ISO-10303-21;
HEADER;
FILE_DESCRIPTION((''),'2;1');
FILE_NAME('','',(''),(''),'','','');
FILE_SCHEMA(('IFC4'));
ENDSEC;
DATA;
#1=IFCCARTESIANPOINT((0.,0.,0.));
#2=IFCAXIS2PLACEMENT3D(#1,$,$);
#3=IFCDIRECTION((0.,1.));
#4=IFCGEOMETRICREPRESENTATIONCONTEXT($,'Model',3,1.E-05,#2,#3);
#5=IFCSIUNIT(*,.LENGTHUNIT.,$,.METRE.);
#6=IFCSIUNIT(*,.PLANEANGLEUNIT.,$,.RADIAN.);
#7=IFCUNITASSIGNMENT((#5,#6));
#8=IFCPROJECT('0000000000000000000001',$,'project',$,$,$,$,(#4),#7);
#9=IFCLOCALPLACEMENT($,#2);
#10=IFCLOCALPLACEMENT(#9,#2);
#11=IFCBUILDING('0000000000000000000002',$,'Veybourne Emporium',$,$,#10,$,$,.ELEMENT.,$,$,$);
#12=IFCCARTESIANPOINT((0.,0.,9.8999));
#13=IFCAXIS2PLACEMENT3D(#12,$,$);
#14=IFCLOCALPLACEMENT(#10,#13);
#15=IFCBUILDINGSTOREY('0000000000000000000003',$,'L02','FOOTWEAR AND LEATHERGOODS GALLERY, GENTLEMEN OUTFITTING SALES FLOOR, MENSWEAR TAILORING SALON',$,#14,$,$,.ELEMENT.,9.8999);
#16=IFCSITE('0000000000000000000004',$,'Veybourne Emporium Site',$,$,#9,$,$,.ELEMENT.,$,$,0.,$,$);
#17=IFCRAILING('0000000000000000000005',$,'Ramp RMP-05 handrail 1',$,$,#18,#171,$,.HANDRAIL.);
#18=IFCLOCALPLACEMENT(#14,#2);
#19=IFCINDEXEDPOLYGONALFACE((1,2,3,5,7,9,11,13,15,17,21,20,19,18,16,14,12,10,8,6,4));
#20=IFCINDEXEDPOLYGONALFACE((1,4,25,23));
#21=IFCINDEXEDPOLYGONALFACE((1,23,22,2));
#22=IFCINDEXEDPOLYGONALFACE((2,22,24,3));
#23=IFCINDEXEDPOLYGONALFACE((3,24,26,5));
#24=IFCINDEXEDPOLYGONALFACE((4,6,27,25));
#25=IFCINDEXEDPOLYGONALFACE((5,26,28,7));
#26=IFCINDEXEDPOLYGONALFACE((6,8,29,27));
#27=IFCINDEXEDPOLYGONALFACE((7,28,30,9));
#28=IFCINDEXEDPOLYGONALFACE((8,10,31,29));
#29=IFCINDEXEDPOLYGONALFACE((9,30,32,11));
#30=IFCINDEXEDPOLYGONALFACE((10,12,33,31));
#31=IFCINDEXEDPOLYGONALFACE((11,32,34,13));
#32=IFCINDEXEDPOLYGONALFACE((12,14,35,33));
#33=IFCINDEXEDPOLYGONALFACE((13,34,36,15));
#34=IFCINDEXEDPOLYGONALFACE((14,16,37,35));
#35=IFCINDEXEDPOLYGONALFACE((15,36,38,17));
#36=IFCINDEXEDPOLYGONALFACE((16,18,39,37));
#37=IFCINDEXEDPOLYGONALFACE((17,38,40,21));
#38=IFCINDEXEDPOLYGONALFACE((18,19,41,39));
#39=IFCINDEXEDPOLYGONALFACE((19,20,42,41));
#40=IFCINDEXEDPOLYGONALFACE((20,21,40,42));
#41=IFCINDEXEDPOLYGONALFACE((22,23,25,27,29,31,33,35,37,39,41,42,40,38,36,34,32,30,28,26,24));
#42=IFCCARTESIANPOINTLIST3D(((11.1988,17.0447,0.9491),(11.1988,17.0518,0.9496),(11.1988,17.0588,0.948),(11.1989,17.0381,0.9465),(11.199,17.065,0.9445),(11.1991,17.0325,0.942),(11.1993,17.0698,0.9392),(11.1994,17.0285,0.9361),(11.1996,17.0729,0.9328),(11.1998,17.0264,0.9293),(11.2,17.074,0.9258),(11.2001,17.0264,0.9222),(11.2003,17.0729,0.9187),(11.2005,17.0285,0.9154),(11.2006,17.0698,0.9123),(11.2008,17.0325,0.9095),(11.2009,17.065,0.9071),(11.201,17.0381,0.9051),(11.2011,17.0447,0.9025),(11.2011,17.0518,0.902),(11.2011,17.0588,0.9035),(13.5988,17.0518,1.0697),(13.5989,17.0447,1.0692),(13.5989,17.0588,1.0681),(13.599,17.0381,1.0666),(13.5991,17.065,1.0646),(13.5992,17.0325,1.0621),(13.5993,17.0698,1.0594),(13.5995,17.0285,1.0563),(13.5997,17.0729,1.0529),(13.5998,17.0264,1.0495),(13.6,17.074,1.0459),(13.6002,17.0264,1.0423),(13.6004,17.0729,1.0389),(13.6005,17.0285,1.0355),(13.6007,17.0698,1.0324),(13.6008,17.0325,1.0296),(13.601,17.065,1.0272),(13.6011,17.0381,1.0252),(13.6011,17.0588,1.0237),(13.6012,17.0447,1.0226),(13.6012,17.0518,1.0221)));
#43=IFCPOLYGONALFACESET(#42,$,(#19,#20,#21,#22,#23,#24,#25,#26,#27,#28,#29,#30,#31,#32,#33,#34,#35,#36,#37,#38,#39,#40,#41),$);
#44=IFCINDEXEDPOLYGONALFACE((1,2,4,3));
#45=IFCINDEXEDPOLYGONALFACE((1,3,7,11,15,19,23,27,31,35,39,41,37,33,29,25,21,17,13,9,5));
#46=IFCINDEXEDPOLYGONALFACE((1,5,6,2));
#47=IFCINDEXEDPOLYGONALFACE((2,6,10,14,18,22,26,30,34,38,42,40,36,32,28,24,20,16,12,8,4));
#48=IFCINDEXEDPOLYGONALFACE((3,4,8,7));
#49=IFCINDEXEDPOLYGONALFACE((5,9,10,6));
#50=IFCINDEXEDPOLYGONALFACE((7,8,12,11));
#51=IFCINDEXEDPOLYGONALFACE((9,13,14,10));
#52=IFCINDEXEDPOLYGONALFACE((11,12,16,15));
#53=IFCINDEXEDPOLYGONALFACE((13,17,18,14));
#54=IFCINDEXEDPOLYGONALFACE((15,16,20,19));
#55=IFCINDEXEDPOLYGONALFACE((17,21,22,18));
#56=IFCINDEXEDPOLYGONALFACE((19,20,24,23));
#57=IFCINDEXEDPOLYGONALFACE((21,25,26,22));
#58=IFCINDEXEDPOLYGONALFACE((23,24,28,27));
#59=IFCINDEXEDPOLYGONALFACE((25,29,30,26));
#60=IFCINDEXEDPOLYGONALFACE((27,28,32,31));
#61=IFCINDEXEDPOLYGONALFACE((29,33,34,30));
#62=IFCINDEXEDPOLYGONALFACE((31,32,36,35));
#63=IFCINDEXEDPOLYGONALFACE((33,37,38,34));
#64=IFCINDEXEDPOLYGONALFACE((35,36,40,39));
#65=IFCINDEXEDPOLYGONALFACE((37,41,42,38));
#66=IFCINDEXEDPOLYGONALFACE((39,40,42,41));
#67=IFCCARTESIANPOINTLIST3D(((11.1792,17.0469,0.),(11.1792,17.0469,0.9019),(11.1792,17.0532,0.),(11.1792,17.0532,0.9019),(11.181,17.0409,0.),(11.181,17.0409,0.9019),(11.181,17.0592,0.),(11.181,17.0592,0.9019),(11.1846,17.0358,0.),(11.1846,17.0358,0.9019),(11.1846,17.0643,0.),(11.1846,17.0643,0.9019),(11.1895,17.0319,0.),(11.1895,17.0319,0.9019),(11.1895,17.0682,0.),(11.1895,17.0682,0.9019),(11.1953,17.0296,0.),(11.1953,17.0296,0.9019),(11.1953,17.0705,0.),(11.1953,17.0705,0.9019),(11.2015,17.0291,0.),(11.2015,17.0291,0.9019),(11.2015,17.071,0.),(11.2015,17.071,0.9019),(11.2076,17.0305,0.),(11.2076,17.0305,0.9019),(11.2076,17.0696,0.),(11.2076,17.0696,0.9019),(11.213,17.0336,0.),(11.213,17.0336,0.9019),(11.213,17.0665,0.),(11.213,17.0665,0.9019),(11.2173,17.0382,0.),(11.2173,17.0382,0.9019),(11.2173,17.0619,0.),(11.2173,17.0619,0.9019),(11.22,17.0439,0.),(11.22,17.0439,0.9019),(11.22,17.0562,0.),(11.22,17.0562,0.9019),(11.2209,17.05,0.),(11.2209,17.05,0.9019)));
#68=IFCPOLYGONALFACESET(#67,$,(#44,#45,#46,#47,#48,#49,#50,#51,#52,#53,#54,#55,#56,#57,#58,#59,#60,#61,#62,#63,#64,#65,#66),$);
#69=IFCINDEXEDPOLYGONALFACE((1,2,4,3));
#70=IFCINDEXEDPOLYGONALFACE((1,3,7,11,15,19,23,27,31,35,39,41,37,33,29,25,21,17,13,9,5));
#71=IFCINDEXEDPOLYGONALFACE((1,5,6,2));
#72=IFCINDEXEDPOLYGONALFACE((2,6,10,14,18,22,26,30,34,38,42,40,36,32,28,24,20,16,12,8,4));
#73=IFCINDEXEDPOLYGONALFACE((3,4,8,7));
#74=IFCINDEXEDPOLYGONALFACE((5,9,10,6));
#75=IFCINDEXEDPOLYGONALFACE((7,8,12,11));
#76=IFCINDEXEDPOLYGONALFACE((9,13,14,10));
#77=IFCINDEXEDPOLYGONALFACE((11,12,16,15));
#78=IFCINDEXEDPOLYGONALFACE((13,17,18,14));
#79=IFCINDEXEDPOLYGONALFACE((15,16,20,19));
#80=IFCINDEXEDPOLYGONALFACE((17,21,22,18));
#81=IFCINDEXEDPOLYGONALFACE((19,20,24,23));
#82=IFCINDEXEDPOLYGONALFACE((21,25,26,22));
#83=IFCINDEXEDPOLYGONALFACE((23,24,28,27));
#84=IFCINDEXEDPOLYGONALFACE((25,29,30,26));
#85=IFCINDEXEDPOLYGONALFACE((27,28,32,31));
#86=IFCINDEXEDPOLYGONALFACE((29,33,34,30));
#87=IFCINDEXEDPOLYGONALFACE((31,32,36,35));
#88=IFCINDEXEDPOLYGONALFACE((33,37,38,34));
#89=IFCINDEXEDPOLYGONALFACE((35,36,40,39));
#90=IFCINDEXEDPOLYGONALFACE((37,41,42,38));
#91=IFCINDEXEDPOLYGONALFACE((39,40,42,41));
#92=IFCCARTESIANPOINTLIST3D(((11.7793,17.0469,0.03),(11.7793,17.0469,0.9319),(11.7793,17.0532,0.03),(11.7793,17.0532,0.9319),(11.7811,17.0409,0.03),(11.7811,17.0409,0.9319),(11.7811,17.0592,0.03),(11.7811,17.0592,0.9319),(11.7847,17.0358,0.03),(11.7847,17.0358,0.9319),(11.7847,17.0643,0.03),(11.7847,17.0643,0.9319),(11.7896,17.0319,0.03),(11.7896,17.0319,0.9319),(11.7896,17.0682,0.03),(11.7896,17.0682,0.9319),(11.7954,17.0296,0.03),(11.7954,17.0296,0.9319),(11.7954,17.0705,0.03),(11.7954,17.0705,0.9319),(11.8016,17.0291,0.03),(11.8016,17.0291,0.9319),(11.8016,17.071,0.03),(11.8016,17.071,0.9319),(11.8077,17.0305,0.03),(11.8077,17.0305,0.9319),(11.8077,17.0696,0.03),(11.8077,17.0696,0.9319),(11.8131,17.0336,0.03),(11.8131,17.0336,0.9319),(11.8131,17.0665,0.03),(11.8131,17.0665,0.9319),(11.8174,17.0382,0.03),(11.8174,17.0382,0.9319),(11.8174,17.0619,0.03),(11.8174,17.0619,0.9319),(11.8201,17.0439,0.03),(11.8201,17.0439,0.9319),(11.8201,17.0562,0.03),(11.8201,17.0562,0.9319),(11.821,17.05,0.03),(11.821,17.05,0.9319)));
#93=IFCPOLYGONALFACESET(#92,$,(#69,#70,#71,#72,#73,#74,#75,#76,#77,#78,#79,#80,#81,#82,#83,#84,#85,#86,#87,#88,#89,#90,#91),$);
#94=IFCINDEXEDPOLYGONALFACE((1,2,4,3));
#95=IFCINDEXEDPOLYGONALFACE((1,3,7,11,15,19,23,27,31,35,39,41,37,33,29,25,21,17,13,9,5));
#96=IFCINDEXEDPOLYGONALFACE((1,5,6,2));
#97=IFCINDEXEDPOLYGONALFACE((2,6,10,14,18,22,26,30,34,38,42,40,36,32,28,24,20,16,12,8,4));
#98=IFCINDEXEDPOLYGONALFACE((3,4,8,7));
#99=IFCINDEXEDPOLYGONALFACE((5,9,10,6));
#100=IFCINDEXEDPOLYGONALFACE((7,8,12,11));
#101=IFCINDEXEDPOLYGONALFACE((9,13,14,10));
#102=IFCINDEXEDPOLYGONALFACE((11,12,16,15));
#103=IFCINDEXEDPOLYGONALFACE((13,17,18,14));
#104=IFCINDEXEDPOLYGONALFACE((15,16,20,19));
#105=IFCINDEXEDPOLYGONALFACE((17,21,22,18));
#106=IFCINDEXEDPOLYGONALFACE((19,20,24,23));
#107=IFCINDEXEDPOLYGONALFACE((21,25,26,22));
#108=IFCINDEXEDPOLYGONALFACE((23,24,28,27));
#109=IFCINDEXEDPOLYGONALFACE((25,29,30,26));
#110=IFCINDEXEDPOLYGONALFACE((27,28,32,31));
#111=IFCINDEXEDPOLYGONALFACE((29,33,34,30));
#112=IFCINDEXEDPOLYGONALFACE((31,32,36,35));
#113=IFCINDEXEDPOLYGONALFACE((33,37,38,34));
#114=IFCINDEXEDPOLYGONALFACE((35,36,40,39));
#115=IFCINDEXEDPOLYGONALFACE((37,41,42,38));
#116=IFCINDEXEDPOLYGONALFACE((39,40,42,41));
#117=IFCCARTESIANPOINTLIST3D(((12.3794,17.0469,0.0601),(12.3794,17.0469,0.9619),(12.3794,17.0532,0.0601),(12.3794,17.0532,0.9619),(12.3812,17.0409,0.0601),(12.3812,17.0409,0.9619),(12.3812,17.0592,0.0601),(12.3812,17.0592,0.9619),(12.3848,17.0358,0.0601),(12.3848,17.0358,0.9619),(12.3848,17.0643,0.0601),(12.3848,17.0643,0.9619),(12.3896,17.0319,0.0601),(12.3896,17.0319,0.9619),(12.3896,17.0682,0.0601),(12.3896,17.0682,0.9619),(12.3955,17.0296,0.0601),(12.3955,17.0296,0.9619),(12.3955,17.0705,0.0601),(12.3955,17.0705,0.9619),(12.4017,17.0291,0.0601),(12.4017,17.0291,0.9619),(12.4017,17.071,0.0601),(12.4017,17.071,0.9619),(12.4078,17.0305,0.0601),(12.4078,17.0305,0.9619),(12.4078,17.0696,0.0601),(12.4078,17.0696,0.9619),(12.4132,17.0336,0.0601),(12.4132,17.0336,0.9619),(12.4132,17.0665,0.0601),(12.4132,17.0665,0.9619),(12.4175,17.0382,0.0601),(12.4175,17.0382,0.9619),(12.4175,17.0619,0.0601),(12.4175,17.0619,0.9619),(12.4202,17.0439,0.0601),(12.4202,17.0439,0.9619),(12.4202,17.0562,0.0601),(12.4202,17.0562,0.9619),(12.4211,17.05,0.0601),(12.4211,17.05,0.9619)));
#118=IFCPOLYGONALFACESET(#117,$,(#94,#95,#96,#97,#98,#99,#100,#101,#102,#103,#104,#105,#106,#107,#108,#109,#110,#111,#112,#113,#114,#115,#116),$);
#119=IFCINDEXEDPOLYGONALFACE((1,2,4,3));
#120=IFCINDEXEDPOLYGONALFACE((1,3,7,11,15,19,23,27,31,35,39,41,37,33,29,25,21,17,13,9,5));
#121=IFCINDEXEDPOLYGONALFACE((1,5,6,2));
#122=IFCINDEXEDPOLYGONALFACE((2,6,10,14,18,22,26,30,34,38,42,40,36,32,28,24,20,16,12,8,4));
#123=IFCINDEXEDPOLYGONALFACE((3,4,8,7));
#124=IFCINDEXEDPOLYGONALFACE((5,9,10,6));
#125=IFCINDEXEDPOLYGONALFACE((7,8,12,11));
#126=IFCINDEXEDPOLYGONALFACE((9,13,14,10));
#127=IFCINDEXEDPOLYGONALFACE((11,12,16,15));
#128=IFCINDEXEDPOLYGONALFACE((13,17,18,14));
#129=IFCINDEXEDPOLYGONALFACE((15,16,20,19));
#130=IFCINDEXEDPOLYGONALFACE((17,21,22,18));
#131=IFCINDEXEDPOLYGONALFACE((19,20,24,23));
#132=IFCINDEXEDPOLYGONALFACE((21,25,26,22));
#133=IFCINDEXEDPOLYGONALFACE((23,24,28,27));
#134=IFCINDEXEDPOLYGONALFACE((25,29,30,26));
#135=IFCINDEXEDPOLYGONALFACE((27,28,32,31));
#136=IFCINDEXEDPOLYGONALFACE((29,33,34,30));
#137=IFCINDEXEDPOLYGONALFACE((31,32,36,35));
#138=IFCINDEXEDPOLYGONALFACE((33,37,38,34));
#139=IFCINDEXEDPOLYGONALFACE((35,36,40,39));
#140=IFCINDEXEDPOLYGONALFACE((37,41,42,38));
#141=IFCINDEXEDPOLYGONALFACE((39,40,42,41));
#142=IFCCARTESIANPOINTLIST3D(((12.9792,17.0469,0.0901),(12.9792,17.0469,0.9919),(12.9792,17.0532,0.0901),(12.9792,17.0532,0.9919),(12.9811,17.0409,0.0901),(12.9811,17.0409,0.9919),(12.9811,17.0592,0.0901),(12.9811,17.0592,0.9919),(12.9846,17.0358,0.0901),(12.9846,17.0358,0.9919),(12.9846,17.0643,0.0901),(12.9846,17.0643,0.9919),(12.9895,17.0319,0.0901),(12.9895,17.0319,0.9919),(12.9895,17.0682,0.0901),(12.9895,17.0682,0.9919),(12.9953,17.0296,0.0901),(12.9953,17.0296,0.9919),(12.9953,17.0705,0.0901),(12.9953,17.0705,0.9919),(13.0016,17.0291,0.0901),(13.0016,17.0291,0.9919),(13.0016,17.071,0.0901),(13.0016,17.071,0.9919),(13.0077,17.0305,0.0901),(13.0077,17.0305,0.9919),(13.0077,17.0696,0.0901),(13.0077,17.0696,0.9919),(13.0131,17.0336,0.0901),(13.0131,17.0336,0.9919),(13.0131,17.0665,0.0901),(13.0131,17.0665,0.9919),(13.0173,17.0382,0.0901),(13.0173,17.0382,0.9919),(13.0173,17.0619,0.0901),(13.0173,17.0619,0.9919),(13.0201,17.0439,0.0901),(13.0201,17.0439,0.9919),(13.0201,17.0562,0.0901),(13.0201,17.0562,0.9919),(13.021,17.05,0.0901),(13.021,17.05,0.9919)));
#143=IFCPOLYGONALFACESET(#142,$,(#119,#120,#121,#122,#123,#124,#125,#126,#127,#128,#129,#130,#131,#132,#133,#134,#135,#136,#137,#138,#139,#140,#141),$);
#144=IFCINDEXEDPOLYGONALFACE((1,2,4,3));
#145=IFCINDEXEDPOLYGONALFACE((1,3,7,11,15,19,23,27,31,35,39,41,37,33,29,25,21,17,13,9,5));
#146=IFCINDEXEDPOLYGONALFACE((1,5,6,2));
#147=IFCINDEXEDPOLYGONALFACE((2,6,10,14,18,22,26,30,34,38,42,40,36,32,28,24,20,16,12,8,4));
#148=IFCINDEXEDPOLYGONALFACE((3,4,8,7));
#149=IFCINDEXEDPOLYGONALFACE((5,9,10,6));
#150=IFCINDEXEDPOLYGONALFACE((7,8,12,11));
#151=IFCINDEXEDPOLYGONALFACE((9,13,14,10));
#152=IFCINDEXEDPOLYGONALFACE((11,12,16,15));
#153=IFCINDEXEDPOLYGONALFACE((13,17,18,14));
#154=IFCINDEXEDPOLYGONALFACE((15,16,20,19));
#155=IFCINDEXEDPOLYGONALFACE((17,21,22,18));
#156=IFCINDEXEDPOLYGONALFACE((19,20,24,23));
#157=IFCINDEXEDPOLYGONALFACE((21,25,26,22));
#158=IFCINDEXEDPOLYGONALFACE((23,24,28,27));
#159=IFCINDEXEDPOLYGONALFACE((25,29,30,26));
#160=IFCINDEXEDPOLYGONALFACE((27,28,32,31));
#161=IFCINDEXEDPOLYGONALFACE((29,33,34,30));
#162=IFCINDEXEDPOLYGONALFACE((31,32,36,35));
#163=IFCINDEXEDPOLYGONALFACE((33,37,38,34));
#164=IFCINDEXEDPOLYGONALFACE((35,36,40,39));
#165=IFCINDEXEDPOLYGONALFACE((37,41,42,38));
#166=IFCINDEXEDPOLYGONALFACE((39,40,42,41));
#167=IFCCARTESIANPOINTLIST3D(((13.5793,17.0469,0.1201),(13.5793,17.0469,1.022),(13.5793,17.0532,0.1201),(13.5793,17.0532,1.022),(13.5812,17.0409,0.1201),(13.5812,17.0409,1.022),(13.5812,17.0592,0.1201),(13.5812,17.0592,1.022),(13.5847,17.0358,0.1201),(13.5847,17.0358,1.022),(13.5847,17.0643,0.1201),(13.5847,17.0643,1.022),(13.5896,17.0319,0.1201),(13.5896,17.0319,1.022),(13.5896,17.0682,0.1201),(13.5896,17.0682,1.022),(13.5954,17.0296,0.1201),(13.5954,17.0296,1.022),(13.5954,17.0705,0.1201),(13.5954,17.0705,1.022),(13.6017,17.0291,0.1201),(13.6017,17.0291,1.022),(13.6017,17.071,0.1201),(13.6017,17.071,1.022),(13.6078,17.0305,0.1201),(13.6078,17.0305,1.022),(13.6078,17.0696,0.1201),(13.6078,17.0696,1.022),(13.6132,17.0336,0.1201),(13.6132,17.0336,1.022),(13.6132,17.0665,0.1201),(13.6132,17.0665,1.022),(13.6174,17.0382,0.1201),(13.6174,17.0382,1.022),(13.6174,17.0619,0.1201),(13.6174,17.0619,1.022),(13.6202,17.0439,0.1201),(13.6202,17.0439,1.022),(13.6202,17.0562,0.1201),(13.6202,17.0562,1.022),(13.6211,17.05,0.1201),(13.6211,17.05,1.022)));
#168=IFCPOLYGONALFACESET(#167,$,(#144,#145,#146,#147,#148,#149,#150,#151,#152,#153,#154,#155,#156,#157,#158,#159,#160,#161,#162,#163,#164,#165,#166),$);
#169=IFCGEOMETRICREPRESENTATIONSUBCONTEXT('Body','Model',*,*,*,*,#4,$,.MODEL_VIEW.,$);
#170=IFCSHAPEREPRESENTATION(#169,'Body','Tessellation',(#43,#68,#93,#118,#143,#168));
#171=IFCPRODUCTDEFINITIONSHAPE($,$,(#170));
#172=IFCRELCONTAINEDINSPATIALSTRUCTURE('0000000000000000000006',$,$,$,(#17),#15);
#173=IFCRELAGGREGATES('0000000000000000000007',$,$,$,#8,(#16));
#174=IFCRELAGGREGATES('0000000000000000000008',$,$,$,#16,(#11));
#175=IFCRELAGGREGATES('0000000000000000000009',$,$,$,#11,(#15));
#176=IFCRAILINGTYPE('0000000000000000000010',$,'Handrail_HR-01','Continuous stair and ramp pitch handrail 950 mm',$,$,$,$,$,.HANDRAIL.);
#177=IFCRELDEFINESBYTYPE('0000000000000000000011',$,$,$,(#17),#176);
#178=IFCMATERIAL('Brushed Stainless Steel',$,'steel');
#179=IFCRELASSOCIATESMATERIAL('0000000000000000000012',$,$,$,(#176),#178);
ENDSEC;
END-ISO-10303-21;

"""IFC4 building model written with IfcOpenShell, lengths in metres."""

from ifc_helpers import new_model, si_unit, direction, frame, origin, origin_2d, place, context, subcontext, project, spatial, circle, extrude, material, type_object, element, save


model = new_model("IFC4")

# Units and contexts
model_context = context("Model", 3, precision=1e-05, world=origin(), true_north=direction((0.0, 1.0)))
body_context = subcontext(model_context, "Body", "Model", "MODEL_VIEW")
ifc_project = project(units=[si_unit("LENGTHUNIT", "METRE"), si_unit("PLANEANGLEUNIT", "RADIAN")], contexts=[model_context])

# Site, building, storey
site_placement = place(None, origin())
site = spatial("IfcSite", under=ifc_project, at=site_placement, Name="Veybourne Emporium Site", CompositionType="ELEMENT", RefElevation=0.0)
building_placement = place(site_placement, origin())
building = spatial("IfcBuilding", under=site, at=building_placement, Name="Veybourne Emporium", CompositionType="ELEMENT")
storey_placement = place(building_placement, frame((0.0, 0.0, 9.8999)))
storey = spatial("IfcBuildingStorey", under=building, at=storey_placement, Name="L02", Description="FOOTWEAR AND LEATHERGOODS GALLERY, GENTLEMEN OUTFITTING SALES FLOOR, MENSWEAR TAILORING SALON", CompositionType="ELEMENT", Elevation=9.8999)

# Railing
ifc_material_1 = material(Name="Brushed Stainless Steel", Category="steel")
railing_type = type_object("IfcRailingType", Name="Handrail_HR-01", Description="Continuous stair and ramp pitch handrail 950 mm", PredefinedType="HANDRAIL", material=ifc_material_1)
for number, where, name in (
    (1, (11.2, 17.05, 0.0), "Ramp RMP-05 handrail 1"),
):
    element("IfcRailing", number, at=place(storey_placement, frame(where)), inside=storey, type_object=railing_type, Name=name, PredefinedType="HANDRAIL", context=body_context, shape_type="SweptSolid", body=[
        extrude(circle(Radius=0.0239, at=origin_2d()), frame((0.0, 0.0, 0.9258), z_axis=(0.99875, 0.0, 0.049983), x_axis=(0.0, 1.0, 0.0)), (0.0, 0.0, 1.0), 2.4031),
        extrude(circle(Radius=0.021, at=origin_2d()), origin(), (0.0, 0.0, 1.0), 0.9019),
        extrude(circle(Radius=0.021, at=origin_2d()), frame((0.6001, 0.0, 0.03)), (0.0, 0.0, 1.0), 0.9019),
        extrude(circle(Radius=0.021, at=origin_2d()), frame((1.2002, 0.0, 0.0601)), (0.0, 0.0, 1.0), 0.9019),
        extrude(circle(Radius=0.021, at=origin_2d()), frame((1.8, 0.0, 0.0901)), (0.0, 0.0, 1.0), 0.9019),
        extrude(circle(Radius=0.021, at=origin_2d()), frame((2.4001, 0.0, 0.1201)), (0.0, 0.0, 1.0), 0.9019),
    ])

save(model, "model.ifc")
